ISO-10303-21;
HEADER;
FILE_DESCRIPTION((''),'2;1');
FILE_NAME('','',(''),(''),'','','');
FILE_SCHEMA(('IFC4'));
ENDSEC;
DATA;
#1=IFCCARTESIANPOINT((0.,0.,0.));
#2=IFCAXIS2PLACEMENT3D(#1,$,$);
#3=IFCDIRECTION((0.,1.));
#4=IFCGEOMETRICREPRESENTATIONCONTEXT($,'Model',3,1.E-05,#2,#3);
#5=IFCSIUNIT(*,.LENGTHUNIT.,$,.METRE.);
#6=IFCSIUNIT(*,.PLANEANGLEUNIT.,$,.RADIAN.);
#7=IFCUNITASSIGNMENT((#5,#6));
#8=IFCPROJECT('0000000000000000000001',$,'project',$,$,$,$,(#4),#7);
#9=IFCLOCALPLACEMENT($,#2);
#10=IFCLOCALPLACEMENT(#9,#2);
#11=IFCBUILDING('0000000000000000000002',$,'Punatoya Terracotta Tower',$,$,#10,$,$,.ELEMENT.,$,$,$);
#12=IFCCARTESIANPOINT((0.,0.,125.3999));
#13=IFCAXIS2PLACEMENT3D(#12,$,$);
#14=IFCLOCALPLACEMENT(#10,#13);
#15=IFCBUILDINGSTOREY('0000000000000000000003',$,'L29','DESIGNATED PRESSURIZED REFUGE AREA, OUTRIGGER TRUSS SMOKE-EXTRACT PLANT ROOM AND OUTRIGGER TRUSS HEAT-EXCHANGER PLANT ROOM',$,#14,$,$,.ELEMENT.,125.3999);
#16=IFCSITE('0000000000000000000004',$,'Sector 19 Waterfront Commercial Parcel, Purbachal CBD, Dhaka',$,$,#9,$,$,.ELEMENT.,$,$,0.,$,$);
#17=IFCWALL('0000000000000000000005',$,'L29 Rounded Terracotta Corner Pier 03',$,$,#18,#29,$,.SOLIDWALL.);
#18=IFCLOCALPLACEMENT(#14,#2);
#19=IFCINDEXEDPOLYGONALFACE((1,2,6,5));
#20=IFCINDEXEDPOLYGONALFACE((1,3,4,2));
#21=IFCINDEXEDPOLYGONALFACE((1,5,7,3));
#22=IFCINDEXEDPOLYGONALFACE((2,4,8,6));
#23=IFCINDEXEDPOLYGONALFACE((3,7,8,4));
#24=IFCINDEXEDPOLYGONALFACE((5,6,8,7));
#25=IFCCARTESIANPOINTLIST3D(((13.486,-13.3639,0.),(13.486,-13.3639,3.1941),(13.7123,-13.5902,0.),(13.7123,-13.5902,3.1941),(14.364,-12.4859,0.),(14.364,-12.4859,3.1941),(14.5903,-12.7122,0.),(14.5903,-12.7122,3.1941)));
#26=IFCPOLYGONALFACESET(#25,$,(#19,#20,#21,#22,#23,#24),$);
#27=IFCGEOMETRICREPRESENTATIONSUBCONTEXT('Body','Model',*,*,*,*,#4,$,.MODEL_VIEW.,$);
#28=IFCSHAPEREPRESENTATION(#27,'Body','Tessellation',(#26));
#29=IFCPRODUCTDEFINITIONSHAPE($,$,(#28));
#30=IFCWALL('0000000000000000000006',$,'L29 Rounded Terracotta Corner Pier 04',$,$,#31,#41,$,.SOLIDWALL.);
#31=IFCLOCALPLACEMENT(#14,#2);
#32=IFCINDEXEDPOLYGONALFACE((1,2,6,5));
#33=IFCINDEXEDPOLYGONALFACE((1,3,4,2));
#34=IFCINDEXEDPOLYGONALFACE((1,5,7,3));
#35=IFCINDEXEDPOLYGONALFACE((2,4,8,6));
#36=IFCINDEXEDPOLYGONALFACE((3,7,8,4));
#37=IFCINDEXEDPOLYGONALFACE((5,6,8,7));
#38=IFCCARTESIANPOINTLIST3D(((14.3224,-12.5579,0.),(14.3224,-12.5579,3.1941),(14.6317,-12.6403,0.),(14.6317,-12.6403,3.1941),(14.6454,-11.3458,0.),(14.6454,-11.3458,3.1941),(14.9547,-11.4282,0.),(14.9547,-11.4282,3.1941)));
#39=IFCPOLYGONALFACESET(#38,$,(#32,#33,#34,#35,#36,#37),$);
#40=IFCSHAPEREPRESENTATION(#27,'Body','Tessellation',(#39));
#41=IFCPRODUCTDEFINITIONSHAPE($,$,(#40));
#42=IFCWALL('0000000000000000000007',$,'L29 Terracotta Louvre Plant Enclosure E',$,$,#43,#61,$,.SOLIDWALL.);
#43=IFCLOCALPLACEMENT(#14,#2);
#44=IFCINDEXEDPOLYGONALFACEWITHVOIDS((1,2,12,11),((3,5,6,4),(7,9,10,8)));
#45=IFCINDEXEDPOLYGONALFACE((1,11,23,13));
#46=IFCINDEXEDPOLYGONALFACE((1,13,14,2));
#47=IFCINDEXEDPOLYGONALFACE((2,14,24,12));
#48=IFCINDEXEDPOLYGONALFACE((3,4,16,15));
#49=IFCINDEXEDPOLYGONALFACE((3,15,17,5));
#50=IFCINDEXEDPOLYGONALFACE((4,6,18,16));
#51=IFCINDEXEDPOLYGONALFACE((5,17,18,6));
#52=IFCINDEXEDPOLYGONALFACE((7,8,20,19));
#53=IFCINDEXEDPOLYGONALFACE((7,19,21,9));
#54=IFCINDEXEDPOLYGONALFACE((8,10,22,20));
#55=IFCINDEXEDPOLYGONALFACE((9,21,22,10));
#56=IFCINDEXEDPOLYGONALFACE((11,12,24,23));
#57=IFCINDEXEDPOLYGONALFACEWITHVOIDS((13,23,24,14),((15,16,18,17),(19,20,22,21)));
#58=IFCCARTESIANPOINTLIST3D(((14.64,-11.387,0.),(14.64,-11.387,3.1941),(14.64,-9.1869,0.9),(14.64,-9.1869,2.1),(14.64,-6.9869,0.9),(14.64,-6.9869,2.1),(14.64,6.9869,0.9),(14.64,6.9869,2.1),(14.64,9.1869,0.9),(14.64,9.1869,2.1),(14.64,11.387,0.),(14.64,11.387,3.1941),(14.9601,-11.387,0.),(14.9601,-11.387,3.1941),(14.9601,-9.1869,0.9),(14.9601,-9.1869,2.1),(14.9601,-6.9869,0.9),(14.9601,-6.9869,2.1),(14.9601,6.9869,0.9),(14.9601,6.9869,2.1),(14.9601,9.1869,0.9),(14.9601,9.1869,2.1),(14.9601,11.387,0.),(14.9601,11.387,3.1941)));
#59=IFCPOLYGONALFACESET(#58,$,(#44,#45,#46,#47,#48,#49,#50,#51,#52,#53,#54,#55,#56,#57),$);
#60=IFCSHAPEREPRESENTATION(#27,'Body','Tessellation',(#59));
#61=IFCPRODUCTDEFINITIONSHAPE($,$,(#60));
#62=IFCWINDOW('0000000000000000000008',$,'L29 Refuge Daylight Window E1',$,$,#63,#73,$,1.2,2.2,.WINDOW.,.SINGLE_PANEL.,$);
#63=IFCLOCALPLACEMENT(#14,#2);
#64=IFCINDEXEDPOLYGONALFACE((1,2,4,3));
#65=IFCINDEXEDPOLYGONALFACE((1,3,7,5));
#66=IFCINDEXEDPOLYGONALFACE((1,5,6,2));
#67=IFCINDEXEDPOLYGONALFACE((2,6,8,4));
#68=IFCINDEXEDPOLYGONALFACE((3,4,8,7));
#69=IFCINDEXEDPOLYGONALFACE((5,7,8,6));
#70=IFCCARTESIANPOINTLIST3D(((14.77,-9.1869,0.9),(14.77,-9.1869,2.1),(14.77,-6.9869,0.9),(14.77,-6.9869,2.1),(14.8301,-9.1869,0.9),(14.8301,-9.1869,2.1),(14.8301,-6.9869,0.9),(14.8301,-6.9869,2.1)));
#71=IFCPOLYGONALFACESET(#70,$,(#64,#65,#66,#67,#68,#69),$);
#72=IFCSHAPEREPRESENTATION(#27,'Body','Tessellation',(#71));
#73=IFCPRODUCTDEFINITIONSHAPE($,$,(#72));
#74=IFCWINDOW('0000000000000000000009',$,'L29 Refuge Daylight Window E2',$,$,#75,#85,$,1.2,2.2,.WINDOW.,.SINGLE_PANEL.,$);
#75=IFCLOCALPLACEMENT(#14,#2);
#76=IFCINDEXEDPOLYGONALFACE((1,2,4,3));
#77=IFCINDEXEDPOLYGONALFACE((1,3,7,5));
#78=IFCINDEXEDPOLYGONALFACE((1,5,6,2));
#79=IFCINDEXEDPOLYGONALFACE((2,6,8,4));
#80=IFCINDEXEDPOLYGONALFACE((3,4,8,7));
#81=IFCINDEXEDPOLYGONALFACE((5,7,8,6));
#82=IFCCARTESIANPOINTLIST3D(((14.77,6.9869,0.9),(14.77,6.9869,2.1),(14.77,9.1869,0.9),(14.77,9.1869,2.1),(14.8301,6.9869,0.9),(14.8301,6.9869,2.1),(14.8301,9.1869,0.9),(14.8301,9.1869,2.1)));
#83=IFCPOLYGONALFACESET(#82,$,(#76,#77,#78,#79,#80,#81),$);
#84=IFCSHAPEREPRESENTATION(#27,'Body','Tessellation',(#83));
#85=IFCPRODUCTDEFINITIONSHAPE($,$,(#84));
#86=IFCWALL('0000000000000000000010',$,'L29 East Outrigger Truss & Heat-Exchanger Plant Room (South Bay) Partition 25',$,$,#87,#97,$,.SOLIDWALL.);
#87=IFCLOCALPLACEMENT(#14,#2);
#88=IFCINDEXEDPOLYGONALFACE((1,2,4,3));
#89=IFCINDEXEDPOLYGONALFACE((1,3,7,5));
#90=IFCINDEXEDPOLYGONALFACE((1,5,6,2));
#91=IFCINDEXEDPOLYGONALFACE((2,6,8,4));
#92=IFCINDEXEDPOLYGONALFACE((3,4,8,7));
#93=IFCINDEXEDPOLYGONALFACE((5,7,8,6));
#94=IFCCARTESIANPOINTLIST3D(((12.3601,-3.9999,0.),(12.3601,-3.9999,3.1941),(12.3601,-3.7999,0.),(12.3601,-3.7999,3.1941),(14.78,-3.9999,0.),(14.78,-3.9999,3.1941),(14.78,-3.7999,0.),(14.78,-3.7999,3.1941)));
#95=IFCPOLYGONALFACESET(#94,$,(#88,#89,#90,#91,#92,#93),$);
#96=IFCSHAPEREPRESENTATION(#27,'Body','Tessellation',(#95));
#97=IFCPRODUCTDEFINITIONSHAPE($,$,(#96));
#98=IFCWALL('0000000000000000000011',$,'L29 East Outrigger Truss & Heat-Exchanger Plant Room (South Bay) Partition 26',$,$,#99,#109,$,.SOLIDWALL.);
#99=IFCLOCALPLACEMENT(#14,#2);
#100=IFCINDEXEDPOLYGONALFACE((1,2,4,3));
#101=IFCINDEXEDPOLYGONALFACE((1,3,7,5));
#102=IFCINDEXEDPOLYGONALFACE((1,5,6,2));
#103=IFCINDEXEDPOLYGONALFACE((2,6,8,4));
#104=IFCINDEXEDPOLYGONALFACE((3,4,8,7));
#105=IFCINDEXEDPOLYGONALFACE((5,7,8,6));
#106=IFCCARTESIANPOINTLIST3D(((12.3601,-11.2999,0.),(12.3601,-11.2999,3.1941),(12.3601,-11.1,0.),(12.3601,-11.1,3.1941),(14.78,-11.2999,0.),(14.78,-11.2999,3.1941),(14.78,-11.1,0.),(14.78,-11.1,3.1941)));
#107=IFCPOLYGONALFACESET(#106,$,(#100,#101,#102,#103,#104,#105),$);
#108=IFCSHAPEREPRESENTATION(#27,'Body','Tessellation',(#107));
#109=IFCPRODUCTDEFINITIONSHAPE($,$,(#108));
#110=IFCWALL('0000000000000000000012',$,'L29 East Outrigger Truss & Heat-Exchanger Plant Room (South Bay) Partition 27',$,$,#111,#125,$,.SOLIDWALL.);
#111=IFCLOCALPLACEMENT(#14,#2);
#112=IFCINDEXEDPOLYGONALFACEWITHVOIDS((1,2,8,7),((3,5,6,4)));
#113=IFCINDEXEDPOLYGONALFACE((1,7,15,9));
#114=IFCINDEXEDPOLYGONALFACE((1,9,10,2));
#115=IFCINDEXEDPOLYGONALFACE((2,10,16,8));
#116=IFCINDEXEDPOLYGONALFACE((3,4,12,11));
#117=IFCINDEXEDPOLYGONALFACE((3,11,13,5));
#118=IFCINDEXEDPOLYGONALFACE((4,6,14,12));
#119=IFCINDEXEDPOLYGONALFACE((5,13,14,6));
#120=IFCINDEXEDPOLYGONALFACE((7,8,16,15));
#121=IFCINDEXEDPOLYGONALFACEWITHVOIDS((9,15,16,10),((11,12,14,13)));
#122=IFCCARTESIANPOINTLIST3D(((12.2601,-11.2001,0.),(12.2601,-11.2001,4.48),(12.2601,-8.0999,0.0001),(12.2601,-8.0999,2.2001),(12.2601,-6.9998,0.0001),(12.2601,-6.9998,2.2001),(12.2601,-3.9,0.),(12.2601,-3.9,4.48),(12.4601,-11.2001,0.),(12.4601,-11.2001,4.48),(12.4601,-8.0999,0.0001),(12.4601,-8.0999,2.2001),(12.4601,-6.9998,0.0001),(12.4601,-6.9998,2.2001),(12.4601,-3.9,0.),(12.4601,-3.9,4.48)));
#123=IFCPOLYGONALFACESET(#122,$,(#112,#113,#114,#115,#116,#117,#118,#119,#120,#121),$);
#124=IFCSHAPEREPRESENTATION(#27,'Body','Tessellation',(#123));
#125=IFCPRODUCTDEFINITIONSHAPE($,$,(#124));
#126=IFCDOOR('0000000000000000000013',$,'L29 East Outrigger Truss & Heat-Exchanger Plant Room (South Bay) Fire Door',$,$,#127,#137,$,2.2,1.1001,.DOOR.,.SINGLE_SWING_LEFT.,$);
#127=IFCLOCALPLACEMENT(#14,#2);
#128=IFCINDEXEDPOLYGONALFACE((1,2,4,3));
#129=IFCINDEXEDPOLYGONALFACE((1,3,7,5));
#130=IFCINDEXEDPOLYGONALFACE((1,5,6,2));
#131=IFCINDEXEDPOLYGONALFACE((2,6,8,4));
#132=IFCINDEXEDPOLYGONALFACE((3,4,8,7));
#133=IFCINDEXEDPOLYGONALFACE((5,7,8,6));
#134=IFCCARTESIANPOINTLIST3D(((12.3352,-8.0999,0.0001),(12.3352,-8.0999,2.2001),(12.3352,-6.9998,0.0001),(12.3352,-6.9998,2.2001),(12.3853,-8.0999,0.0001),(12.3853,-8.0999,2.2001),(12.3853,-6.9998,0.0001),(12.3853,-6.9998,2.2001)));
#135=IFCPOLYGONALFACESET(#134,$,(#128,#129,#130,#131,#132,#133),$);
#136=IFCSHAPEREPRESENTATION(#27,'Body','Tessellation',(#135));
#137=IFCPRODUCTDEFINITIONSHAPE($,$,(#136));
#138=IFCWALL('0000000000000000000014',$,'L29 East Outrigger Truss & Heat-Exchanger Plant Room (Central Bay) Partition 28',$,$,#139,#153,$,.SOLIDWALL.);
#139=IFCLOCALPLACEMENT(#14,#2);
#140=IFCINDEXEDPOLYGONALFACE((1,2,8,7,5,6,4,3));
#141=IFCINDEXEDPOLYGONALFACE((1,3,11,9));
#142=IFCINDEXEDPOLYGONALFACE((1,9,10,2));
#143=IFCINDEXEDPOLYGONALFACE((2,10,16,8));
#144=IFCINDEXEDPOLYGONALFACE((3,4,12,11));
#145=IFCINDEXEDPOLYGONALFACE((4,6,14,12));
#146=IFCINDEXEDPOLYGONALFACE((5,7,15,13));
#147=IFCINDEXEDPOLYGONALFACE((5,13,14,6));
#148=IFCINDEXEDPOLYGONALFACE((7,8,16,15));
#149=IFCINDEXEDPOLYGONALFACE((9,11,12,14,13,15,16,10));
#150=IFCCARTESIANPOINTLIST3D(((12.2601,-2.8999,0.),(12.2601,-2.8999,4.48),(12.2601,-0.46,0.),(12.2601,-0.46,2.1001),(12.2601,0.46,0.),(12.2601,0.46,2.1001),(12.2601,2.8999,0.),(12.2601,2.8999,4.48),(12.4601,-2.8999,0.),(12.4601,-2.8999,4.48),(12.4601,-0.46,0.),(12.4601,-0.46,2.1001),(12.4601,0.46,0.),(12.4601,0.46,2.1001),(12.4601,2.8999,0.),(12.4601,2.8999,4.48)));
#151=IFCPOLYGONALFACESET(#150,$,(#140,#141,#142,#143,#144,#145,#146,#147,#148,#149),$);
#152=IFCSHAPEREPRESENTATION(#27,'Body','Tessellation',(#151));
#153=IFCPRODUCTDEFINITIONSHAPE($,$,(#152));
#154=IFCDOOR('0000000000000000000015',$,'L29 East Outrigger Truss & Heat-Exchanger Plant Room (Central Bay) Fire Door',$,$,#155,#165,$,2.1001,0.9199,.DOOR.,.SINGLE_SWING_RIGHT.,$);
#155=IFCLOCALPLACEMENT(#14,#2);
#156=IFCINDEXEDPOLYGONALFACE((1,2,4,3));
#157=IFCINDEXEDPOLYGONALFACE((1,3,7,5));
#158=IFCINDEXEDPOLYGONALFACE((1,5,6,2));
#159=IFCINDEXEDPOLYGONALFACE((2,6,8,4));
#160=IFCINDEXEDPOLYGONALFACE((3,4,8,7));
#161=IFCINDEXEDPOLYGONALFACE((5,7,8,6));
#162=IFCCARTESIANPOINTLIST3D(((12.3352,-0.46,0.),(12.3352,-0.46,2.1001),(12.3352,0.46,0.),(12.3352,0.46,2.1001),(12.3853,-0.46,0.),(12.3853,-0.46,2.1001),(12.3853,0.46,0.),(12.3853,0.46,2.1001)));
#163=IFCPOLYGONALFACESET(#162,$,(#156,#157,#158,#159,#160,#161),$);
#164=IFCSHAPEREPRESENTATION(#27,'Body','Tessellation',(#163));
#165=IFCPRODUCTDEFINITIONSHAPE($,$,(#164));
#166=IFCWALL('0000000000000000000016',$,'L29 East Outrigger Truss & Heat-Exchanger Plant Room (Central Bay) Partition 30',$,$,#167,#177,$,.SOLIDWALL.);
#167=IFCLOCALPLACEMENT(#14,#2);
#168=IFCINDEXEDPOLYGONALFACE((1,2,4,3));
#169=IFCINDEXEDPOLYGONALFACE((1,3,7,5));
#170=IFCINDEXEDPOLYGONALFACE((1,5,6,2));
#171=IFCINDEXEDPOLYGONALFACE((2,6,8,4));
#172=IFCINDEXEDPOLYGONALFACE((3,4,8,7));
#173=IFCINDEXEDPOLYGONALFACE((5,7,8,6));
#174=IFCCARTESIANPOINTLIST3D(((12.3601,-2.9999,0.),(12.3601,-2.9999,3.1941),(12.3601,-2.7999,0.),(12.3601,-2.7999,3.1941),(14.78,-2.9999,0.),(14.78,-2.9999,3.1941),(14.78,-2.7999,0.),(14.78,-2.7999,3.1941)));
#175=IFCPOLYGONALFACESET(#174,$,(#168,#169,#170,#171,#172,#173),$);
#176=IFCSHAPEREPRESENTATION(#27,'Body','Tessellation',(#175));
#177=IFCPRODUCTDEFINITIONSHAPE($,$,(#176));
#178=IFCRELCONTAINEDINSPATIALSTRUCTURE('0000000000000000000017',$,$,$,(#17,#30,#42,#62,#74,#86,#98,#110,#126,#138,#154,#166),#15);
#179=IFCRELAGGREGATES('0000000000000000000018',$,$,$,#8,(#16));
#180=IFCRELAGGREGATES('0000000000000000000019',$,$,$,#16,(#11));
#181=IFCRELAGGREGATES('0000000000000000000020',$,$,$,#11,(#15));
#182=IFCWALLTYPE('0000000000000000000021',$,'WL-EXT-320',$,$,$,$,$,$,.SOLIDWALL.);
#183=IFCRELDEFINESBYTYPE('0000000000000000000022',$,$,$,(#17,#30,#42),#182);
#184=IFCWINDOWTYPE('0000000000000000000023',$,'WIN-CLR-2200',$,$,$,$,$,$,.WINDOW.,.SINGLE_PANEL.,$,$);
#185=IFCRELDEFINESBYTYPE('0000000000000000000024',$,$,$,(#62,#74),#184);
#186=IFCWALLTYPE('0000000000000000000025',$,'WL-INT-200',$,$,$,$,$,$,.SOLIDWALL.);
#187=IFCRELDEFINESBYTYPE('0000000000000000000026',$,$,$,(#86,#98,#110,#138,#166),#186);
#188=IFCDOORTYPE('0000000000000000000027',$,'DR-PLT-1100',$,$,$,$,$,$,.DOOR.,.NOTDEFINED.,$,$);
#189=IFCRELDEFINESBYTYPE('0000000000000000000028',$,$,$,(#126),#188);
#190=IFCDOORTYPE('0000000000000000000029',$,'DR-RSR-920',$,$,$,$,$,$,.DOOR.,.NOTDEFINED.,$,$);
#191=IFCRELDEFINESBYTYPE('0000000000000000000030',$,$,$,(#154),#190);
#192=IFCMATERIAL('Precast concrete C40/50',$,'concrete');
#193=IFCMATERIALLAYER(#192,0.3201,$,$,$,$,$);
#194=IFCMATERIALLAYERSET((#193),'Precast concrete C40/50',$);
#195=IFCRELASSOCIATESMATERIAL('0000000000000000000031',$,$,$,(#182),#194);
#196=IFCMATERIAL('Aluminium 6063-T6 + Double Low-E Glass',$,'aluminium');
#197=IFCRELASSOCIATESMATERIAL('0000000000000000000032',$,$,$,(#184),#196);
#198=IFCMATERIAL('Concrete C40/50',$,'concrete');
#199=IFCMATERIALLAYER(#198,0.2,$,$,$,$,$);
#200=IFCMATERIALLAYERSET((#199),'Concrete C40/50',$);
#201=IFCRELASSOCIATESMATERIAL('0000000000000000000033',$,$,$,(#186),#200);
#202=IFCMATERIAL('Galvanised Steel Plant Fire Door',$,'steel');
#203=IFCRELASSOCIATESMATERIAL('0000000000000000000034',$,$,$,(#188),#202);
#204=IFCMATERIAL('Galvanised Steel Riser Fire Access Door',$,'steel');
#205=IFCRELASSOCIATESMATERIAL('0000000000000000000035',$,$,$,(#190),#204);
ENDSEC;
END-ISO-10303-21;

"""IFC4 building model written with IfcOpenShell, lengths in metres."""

from ifc_helpers import new_model, si_unit, direction, frame, frame_2d, origin, place, context, subcontext, project, spatial, rectangle, extrude, material, layer, layer_set, type_object, element, fill, save


model = new_model("IFC4")

# Units and contexts
model_context = context("Model", 3, precision=1e-05, world=origin(), true_north=direction((0.0, 1.0)))
body_context = subcontext(model_context, "Body", "Model", "MODEL_VIEW")
ifc_project = project(units=[si_unit("LENGTHUNIT", "METRE"), si_unit("PLANEANGLEUNIT", "RADIAN")], contexts=[model_context])

# Site, building, storey
site_placement = place(None, origin())
site = spatial("IfcSite", under=ifc_project, at=site_placement, Name="Sector 19 Waterfront Commercial Parcel, Purbachal CBD, Dhaka", CompositionType="ELEMENT", RefElevation=0.0)
building_placement = place(site_placement, origin())
building = spatial("IfcBuilding", under=site, at=building_placement, Name="Punatoya Terracotta Tower", CompositionType="ELEMENT")
storey_placement = place(building_placement, frame((0.0, 0.0, 125.3999)))
storey = spatial("IfcBuildingStorey", under=building, at=storey_placement, Name="L29", Description="DESIGNATED PRESSURIZED REFUGE AREA, OUTRIGGER TRUSS SMOKE-EXTRACT PLANT ROOM AND OUTRIGGER TRUSS HEAT-EXCHANGER PLANT ROOM", CompositionType="ELEMENT", Elevation=125.3999)

# Walls
ifc_material_1 = material(Name="Precast concrete C40/50", Category="concrete")
ifc_layer_1 = layer(ifc_material_1, 0.3201)
ifc_layer_set_1 = layer_set([ifc_layer_1], Name="Precast concrete C40/50")
wall_type_1 = type_object("IfcWallType", Name="WL-EXT-320", PredefinedType="SOLIDWALL", material=ifc_layer_set_1)
wall_1_placement = place(storey_placement, frame((13.5991, -13.4771, 0.0), z_axis=(0.0, 0.0, 1.0), x_axis=(0.707107, 0.707107, 0.0)))
element("IfcWall", 1, at=wall_1_placement, inside=storey, type_object=wall_type_1, Name="L29 Rounded Terracotta Corner Pier 03", PredefinedType="SOLIDWALL", context=body_context, shape_type="SweptSolid", body=[
    extrude(rectangle(XDim=1.2417, YDim=0.3201, at=frame_2d((0.6208, 0.0))), origin(), (0.0, 0.0, 1.0), 3.1941),
])
wall_2_placement = place(storey_placement, frame((14.4771, -12.5991, 0.0), z_axis=(0.0, 0.0, 1.0), x_axis=(0.257481, 0.966283, 0.0)))
element("IfcWall", 2, at=wall_2_placement, inside=storey, type_object=wall_type_1, Name="L29 Rounded Terracotta Corner Pier 04", PredefinedType="SOLIDWALL", context=body_context, shape_type="SweptSolid", body=[
    extrude(rectangle(XDim=1.2544, YDim=0.3201, at=frame_2d((0.6272, 0.0))), origin(), (0.0, 0.0, 1.0), 3.1941),
])

# Wall, openings, windows
wall_3_placement = place(storey_placement, frame((14.8, -11.387, 0.0), z_axis=(0.0, 0.0, 1.0), x_axis=(0.0, 1.0, 0.0)))
wall_3 = element("IfcWall", 3, at=wall_3_placement, inside=storey, type_object=wall_type_1, Name="L29 Terracotta Louvre Plant Enclosure E", PredefinedType="SOLIDWALL", context=body_context, shape_type="SweptSolid", body=[
    extrude(rectangle(XDim=22.7739, YDim=0.3201, at=frame_2d((11.387, 0.0))), origin(), (0.0, 0.0, 1.0), 3.1941),
])
opening_1_placement = place(wall_3_placement, frame((2.2, 0.0, 0.8999)))
opening_1 = element("IfcOpeningElement", 4, at=opening_1_placement, cuts=wall_3, PredefinedType="OPENING", context=body_context, shape_type="SweptSolid", body=[
    extrude(rectangle(XDim=2.2, YDim=1.2, at=frame_2d((1.1001, 0.6001))), frame((0.0, 0.1699, 0.0), z_axis=(0.0, -1.0, 0.0), x_axis=(1.0, 0.0, 0.0)), (0.0, 0.0, 1.0), 0.3401),
])
opening_2_placement = place(wall_3_placement, frame((18.3738, 0.0, 0.8999)))
opening_2 = element("IfcOpeningElement", 5, at=opening_2_placement, cuts=wall_3, PredefinedType="OPENING", context=body_context, shape_type="SweptSolid", body=[
    extrude(rectangle(XDim=2.2, YDim=1.2, at=frame_2d((1.1001, 0.6001))), frame((0.0, 0.1699, 0.0), z_axis=(0.0, -1.0, 0.0), x_axis=(1.0, 0.0, 0.0)), (0.0, 0.0, 1.0), 0.3401),
])
ifc_material_2 = material(Name="Aluminium 6063-T6 + Double Low-E Glass", Category="aluminium")
window_type = type_object("IfcWindowType", Name="WIN-CLR-2200", PartitioningType="SINGLE_PANEL", PredefinedType="WINDOW", material=ifc_material_2)
window_1_placement = place(opening_1_placement, origin())
window_1 = element("IfcWindow", 6, at=window_1_placement, inside=storey, type_object=window_type, Name="L29 Refuge Daylight Window E1", OverallHeight=1.2, OverallWidth=2.2, PartitioningType="SINGLE_PANEL", PredefinedType="WINDOW", context=body_context, shape_type="SweptSolid", body=[
    extrude(rectangle(XDim=2.2, YDim=1.2, at=frame_2d((1.1001, 0.6001))), frame((0.0, 0.03, 0.0), z_axis=(0.0, -1.0, 0.0), x_axis=(1.0, 0.0, 0.0)), (0.0, 0.0, 1.0), 0.0601),
])
fill(opening_1, window_1)
window_2_placement = place(opening_2_placement, origin())
window_2 = element("IfcWindow", 7, at=window_2_placement, inside=storey, type_object=window_type, Name="L29 Refuge Daylight Window E2", OverallHeight=1.2, OverallWidth=2.2, PartitioningType="SINGLE_PANEL", PredefinedType="WINDOW", context=body_context, shape_type="SweptSolid", body=[
    extrude(rectangle(XDim=2.2, YDim=1.2, at=frame_2d((1.1001, 0.6001))), frame((0.0, 0.03, 0.0), z_axis=(0.0, -1.0, 0.0), x_axis=(1.0, 0.0, 0.0)), (0.0, 0.0, 1.0), 0.0601),
])
fill(opening_2, window_2)

# Walls
ifc_material_3 = material(Name="Concrete C40/50", Category="concrete")
ifc_layer_2 = layer(ifc_material_3, 0.2)
ifc_layer_set_2 = layer_set([ifc_layer_2], Name="Concrete C40/50")
wall_type_2 = type_object("IfcWallType", Name="WL-INT-200", PredefinedType="SOLIDWALL", material=ifc_layer_set_2)
for number, where, z_axis, x_axis, name in (
    (8, (12.3601, -3.8999, 0.0), (0.0, 0.0, 1.0), (1.0, 0.0, 0.0), "L29 East Outrigger Truss & Heat-Exchanger Plant Room (South Bay) Partition 25"),
    (9, (14.78, -11.2, 0.0), (0.0, 0.0, 1.0), (-1.0, 0.0, 0.0), "L29 East Outrigger Truss & Heat-Exchanger Plant Room (South Bay) Partition 26"),
):
    element("IfcWall", number, at=place(storey_placement, frame(where, z_axis=z_axis, x_axis=x_axis)), inside=storey, type_object=wall_type_2, Name=name, PredefinedType="SOLIDWALL", context=body_context, shape_type="SweptSolid", body=[
        extrude(rectangle(XDim=2.4199, YDim=0.2, at=frame_2d((1.21, 0.0))), origin(), (0.0, 0.0, 1.0), 3.1941),
    ])

# Walls, openings, doors
wall_4_placement = place(storey_placement, frame((12.3601, -11.2, 0.0), z_axis=(0.0, 0.0, 1.0), x_axis=(0.0, 1.0, 0.0)))
wall_4 = element("IfcWall", 10, at=wall_4_placement, inside=storey, type_object=wall_type_2, Name="L29 East Outrigger Truss & Heat-Exchanger Plant Room (South Bay) Partition 27", PredefinedType="SOLIDWALL", context=body_context, shape_type="SweptSolid", body=[
    extrude(rectangle(XDim=7.3, YDim=0.2, at=frame_2d((3.6499, 0.0))), origin(), (0.0, 0.0, 1.0), 4.48),
])
opening_3_placement = place(wall_4_placement, frame((3.1001, 0.0, 0.0)))
opening_3 = element("IfcOpeningElement", 11, at=opening_3_placement, cuts=wall_4, PredefinedType="OPENING", context=body_context, shape_type="SweptSolid", body=[
    extrude(rectangle(XDim=1.1001, YDim=2.2, at=frame_2d((0.55, 1.1001))), frame((0.0, 0.1099, 0.0), z_axis=(0.0, -1.0, 0.0), x_axis=(1.0, 0.0, 0.0)), (0.0, 0.0, 1.0), 0.22),
])
ifc_material_4 = material(Name="Galvanised Steel Plant Fire Door", Category="steel")
door_type_1 = type_object("IfcDoorType", Name="DR-PLT-1100", OperationType="NOTDEFINED", PredefinedType="DOOR", material=ifc_material_4)
door_1_placement = place(opening_3_placement, origin())
door_1 = element("IfcDoor", 12, at=door_1_placement, inside=storey, type_object=door_type_1, Name="L29 East Outrigger Truss & Heat-Exchanger Plant Room (South Bay) Fire Door", OperationType="SINGLE_SWING_LEFT", OverallHeight=2.2, OverallWidth=1.1001, PredefinedType="DOOR", context=body_context, shape_type="SweptSolid", body=[
    extrude(rectangle(XDim=1.1001, YDim=2.2, at=frame_2d((0.55, 1.1001))), frame((0.0, 0.0249, 0.0), z_axis=(0.0, -1.0, 0.0), x_axis=(1.0, 0.0, 0.0)), (0.0, 0.0, 1.0), 0.05),
])
fill(opening_3, door_1)
wall_5_placement = place(storey_placement, frame((12.3601, -2.8999, 0.0), z_axis=(0.0, 0.0, 1.0), x_axis=(0.0, 1.0, 0.0)))
wall_5 = element("IfcWall", 13, at=wall_5_placement, inside=storey, type_object=wall_type_2, Name="L29 East Outrigger Truss & Heat-Exchanger Plant Room (Central Bay) Partition 28", PredefinedType="SOLIDWALL", context=body_context, shape_type="SweptSolid", body=[
    extrude(rectangle(XDim=5.7998, YDim=0.2, at=frame_2d((2.8999, 0.0))), origin(), (0.0, 0.0, 1.0), 4.48),
])
opening_4_placement = place(wall_5_placement, frame((2.4399, 0.0, 0.0)))
opening_4 = element("IfcOpeningElement", 14, at=opening_4_placement, cuts=wall_5, PredefinedType="OPENING", context=body_context, shape_type="SweptSolid", body=[
    extrude(rectangle(XDim=0.9199, YDim=2.1001, at=frame_2d((0.46, 1.05))), frame((0.0, 0.1099, 0.0), z_axis=(0.0, -1.0, 0.0), x_axis=(1.0, 0.0, 0.0)), (0.0, 0.0, 1.0), 0.22),
])
ifc_material_5 = material(Name="Galvanised Steel Riser Fire Access Door", Category="steel")
door_type_2 = type_object("IfcDoorType", Name="DR-RSR-920", OperationType="NOTDEFINED", PredefinedType="DOOR", material=ifc_material_5)
door_2_placement = place(opening_4_placement, origin())
door_2 = element("IfcDoor", 15, at=door_2_placement, inside=storey, type_object=door_type_2, Name="L29 East Outrigger Truss & Heat-Exchanger Plant Room (Central Bay) Fire Door", OperationType="SINGLE_SWING_RIGHT", OverallHeight=2.1001, OverallWidth=0.9199, PredefinedType="DOOR", context=body_context, shape_type="SweptSolid", body=[
    extrude(rectangle(XDim=0.9199, YDim=2.1001, at=frame_2d((0.46, 1.05))), frame((0.0, 0.0249, 0.0), z_axis=(0.0, -1.0, 0.0), x_axis=(1.0, 0.0, 0.0)), (0.0, 0.0, 1.0), 0.05),
])
fill(opening_4, door_2)

# Wall
wall_6_placement = place(storey_placement, frame((14.78, -2.8999, 0.0), z_axis=(0.0, 0.0, 1.0), x_axis=(-1.0, 0.0, 0.0)))
element("IfcWall", 16, at=wall_6_placement, inside=storey, type_object=wall_type_2, Name="L29 East Outrigger Truss & Heat-Exchanger Plant Room (Central Bay) Partition 30", PredefinedType="SOLIDWALL", context=body_context, shape_type="SweptSolid", body=[
    extrude(rectangle(XDim=2.4199, YDim=0.2, at=frame_2d((1.21, 0.0))), origin(), (0.0, 0.0, 1.0), 3.1941),
])

save(model, "model.ifc")
